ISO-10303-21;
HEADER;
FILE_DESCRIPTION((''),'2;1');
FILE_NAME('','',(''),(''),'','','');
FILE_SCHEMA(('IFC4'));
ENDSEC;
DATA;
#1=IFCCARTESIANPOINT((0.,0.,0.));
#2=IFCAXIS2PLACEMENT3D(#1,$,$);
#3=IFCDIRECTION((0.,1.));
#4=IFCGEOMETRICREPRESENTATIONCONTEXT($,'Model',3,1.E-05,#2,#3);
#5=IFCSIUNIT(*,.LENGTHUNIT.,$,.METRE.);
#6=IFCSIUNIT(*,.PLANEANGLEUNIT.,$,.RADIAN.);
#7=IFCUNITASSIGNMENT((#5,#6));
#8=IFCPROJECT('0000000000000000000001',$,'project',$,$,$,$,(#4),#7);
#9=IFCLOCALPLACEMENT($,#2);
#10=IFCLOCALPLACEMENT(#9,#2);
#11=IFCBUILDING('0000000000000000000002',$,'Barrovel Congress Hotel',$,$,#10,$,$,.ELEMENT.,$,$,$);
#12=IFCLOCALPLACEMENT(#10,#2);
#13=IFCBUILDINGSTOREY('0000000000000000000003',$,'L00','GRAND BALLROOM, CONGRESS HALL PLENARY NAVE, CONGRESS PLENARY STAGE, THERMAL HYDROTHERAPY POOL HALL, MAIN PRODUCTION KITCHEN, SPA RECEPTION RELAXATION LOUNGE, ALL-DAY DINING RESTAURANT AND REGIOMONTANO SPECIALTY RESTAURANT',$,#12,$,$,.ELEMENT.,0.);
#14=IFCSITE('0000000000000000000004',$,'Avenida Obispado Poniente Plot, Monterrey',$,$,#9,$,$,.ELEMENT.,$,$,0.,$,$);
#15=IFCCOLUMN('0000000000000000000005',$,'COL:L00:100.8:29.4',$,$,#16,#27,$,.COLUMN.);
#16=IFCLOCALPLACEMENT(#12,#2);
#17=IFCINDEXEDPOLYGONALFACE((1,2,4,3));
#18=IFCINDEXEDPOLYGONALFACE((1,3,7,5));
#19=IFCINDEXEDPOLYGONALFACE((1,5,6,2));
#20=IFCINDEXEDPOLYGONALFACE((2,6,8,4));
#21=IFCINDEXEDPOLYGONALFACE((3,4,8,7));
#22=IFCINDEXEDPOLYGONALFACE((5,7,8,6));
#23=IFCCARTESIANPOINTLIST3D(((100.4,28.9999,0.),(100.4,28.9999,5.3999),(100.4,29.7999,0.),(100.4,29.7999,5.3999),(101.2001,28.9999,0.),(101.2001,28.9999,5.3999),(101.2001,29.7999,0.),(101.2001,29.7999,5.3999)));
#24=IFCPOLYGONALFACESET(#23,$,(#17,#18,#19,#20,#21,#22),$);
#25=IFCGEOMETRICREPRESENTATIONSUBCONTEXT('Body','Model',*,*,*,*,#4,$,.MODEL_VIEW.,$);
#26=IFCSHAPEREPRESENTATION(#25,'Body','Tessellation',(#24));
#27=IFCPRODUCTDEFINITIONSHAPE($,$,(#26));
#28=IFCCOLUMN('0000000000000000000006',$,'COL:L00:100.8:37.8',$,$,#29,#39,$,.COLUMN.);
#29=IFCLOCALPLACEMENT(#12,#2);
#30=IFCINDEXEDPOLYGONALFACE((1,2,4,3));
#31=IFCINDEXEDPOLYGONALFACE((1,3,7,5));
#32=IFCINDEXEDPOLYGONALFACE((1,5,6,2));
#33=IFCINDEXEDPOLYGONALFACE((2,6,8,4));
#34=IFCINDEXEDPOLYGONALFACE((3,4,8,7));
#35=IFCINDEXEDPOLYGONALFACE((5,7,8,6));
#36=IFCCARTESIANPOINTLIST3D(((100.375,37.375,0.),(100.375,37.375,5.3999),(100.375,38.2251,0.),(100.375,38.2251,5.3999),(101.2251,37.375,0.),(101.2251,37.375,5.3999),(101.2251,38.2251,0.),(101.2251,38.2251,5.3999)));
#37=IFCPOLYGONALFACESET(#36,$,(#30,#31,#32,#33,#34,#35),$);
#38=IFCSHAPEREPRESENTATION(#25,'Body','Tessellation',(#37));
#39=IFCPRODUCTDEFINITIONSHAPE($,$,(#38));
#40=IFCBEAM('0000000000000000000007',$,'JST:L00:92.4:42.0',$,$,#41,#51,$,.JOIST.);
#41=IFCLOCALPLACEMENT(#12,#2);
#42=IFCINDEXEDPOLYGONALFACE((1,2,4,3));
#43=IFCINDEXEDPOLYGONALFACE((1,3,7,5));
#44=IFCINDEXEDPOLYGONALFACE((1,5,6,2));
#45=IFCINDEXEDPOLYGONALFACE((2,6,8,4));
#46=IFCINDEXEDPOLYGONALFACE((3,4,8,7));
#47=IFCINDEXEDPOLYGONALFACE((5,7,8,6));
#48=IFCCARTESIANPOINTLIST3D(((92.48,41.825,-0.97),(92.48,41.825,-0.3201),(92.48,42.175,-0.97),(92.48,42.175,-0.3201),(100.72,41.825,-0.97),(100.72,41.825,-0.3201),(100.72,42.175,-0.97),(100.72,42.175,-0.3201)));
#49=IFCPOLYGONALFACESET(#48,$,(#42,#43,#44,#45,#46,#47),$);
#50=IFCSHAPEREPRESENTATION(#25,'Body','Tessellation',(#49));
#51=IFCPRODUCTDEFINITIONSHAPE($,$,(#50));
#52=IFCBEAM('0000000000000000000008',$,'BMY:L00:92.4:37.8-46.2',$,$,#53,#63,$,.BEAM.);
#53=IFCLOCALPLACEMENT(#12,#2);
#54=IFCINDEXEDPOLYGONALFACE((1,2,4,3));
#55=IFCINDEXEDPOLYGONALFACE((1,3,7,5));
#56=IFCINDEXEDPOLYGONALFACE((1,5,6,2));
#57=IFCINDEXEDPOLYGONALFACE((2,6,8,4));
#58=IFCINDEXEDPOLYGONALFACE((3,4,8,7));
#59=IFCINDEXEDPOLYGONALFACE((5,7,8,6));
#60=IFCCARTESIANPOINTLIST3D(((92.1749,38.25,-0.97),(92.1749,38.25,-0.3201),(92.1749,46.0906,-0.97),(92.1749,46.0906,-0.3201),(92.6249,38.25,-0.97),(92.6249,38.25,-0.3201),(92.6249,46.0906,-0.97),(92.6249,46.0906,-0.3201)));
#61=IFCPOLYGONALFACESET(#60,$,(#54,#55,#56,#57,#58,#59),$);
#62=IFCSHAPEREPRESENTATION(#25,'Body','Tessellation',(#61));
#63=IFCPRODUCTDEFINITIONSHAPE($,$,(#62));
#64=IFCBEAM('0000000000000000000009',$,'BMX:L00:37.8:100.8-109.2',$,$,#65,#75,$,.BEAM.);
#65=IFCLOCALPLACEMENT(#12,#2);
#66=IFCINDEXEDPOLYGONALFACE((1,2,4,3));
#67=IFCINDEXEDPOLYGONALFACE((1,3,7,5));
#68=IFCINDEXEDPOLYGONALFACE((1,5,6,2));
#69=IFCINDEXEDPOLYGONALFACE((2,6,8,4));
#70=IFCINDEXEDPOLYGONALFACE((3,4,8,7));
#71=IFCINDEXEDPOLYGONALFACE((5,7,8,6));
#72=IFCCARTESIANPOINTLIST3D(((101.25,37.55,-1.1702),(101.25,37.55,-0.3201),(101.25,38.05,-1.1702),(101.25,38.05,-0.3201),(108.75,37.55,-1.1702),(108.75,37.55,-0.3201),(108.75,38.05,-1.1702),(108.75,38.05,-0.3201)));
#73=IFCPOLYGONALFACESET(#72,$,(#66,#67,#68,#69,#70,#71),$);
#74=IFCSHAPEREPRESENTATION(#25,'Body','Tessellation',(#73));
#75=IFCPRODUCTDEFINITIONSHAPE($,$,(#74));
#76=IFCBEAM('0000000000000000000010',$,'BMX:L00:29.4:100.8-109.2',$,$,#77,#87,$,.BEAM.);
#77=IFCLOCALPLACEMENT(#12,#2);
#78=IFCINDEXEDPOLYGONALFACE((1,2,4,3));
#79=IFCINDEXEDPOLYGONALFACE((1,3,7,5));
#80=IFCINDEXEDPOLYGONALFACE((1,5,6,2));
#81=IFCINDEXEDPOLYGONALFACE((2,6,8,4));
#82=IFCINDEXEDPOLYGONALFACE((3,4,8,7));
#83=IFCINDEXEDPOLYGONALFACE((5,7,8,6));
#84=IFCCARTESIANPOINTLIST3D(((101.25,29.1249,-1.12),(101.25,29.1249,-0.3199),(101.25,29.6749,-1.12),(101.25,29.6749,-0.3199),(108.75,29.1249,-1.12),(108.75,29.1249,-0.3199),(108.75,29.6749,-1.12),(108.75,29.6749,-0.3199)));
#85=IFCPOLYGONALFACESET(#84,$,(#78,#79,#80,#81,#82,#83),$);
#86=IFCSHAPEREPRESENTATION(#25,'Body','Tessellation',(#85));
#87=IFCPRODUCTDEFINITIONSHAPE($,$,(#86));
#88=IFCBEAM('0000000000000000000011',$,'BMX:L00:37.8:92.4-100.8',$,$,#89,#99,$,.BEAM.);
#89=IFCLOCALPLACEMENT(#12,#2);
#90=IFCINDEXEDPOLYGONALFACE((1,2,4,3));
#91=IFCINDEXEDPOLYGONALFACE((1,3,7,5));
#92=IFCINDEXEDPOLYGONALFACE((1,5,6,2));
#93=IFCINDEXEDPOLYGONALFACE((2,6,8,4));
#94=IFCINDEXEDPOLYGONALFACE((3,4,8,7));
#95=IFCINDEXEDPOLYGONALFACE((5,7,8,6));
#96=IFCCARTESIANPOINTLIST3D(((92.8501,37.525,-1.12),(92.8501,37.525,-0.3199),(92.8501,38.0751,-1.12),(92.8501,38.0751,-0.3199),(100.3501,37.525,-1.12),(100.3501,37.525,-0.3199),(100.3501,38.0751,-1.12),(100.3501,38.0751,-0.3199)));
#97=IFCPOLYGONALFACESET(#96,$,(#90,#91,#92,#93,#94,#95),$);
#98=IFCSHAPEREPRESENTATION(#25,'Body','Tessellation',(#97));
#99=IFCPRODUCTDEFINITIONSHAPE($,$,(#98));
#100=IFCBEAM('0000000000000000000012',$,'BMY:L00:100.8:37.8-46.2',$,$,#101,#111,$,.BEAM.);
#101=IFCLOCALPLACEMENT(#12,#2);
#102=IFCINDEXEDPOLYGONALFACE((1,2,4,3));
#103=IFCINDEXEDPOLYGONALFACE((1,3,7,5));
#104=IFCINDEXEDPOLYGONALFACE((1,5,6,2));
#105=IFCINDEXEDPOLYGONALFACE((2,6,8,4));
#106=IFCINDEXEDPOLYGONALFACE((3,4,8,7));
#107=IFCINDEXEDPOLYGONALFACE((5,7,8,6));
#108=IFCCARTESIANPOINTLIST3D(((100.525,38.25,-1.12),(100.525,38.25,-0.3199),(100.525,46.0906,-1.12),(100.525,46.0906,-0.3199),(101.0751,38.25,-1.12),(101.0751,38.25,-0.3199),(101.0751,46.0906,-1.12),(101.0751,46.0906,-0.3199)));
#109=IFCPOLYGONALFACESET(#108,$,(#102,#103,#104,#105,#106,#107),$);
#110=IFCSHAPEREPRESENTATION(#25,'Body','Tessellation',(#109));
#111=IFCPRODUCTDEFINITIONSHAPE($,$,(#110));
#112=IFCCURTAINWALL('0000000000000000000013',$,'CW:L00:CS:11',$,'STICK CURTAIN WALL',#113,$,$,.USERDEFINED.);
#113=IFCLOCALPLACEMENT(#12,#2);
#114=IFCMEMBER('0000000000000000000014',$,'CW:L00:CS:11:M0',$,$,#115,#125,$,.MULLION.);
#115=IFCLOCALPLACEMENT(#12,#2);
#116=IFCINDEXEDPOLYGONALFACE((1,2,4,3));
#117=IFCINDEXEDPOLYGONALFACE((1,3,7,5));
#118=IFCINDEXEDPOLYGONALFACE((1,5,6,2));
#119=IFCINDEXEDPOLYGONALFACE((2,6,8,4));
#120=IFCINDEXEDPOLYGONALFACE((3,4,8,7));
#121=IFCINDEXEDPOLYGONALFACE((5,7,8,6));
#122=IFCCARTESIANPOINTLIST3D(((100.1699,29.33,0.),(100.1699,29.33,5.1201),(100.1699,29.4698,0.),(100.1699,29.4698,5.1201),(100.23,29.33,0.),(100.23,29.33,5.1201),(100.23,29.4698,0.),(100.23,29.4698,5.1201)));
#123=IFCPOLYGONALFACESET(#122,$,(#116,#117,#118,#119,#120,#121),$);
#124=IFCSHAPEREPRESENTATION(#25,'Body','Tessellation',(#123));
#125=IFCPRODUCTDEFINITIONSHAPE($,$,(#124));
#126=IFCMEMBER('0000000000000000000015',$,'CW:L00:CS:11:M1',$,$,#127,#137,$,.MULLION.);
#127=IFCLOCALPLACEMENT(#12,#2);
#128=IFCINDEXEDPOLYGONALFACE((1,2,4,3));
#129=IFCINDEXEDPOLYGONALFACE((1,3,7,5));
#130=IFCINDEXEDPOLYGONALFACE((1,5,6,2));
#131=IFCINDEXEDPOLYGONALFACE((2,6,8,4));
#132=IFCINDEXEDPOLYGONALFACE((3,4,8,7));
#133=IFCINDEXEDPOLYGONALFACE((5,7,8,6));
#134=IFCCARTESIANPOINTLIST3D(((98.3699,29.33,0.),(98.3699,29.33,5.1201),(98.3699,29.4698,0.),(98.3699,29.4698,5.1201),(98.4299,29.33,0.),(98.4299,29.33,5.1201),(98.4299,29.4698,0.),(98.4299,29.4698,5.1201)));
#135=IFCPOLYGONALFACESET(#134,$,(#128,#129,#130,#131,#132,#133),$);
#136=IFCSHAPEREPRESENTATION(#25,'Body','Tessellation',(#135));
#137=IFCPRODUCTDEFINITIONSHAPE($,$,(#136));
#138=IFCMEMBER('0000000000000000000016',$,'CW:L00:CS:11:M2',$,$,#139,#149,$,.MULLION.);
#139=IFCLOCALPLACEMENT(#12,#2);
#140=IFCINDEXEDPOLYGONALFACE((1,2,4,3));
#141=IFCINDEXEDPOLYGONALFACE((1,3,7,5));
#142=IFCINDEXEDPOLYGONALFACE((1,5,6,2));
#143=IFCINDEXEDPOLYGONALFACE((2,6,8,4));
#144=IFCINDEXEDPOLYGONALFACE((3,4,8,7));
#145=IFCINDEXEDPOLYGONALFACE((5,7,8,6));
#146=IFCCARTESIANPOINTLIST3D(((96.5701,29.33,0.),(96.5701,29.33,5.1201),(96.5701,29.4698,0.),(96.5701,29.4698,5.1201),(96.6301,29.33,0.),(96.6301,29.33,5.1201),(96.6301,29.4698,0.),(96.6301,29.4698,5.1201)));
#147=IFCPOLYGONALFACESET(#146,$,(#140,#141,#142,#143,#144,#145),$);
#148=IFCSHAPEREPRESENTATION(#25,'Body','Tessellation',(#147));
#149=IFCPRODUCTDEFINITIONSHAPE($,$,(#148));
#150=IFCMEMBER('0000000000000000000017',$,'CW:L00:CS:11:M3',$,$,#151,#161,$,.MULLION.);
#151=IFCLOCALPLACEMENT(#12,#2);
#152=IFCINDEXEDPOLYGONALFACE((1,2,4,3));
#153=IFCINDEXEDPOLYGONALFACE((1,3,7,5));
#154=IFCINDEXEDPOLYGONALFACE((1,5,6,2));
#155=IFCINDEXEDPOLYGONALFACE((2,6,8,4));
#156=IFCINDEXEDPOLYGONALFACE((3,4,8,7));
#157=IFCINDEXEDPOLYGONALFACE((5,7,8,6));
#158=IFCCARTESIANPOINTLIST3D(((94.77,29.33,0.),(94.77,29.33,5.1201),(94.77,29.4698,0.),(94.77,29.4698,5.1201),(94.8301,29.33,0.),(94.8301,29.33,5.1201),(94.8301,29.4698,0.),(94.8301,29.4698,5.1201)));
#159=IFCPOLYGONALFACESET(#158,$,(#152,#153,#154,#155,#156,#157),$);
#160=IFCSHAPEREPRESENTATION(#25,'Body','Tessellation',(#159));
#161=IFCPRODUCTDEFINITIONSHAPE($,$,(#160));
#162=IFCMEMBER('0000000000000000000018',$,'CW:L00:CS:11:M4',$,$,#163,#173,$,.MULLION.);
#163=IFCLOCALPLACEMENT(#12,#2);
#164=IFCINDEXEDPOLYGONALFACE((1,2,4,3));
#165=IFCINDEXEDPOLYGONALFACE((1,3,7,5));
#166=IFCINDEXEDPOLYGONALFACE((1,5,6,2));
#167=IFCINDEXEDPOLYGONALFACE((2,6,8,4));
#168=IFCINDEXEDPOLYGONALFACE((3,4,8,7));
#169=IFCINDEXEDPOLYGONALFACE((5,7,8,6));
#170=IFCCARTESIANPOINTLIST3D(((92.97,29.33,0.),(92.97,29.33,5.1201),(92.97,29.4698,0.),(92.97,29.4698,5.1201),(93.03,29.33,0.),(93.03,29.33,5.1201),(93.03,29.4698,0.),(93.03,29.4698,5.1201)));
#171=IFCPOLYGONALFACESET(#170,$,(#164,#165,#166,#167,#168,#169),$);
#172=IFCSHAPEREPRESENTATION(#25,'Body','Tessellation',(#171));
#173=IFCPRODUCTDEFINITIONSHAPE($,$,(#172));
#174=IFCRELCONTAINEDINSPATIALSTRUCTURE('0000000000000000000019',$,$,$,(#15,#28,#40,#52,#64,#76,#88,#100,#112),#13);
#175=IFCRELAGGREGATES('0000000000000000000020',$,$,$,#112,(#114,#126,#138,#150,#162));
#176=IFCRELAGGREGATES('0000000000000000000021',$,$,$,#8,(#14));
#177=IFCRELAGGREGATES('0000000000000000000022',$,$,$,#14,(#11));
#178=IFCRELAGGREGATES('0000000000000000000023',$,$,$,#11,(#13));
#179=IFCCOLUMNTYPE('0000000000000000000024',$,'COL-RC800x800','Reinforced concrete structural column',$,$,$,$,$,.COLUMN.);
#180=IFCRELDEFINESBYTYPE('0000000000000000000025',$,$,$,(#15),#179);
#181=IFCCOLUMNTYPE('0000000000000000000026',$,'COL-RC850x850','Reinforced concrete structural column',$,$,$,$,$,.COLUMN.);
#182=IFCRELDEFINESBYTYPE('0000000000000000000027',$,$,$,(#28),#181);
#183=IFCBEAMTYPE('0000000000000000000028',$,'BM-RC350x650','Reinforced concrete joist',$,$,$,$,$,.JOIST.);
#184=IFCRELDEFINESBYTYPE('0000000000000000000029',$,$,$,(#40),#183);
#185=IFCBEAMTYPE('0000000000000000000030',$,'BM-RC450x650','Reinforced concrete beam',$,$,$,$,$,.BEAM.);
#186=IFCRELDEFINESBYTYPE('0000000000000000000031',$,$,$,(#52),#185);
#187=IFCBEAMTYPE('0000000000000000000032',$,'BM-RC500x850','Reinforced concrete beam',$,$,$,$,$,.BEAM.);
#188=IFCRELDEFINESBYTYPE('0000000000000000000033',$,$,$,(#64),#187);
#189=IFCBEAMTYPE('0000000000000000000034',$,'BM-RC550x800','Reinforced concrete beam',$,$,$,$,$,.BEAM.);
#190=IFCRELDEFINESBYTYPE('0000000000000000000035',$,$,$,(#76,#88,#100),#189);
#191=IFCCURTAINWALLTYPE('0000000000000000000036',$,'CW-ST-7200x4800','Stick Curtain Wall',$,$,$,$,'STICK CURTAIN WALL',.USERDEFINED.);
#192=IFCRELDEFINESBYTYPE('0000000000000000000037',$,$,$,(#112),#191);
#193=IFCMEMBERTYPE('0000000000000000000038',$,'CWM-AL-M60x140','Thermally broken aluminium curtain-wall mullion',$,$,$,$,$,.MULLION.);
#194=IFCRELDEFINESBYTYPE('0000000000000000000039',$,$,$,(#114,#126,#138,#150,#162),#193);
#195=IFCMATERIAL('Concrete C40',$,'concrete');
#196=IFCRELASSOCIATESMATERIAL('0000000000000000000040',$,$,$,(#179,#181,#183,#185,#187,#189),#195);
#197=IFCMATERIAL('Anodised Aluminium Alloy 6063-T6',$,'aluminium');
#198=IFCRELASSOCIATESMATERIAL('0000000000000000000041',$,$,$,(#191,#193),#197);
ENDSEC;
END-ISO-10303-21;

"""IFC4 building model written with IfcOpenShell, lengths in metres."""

from ifc_helpers import new_model, si_unit, direction, frame, origin, origin_2d, place, context, subcontext, project, spatial, rectangle, extrude, material, material_profile, profile_set, type_object, element, aggregate, save


model = new_model("IFC4")

# Units and contexts
model_context = context("Model", 3, precision=1e-05, world=origin(), true_north=direction((0.0, 1.0)))
body_context = subcontext(model_context, "Body", "Model", "MODEL_VIEW")
ifc_project = project(units=[si_unit("LENGTHUNIT", "METRE"), si_unit("PLANEANGLEUNIT", "RADIAN")], contexts=[model_context])

# Site, building, storey
site_placement = place(None, origin())
site = spatial("IfcSite", under=ifc_project, at=site_placement, Name="Avenida Obispado Poniente Plot, Monterrey", CompositionType="ELEMENT", RefElevation=0.0)
building_placement = place(site_placement, origin())
building = spatial("IfcBuilding", under=site, at=building_placement, Name="Barrovel Congress Hotel", CompositionType="ELEMENT")
storey_placement = place(building_placement, origin())
storey = spatial("IfcBuildingStorey", under=building, at=storey_placement, Name="L00", Description="GRAND BALLROOM, CONGRESS HALL PLENARY NAVE, CONGRESS PLENARY STAGE, THERMAL HYDROTHERAPY POOL HALL, MAIN PRODUCTION KITCHEN, SPA RECEPTION RELAXATION LOUNGE, ALL-DAY DINING RESTAURANT AND REGIOMONTANO SPECIALTY RESTAURANT", CompositionType="ELEMENT", Elevation=0.0)

# Shared definitions
ifc_material_1 = material(Name="Concrete C40", Category="concrete")

# Columns
ifc_material_profile_1 = material_profile(ifc_material_1, rectangle(XDim=0.8, YDim=0.8, at=origin_2d()), Name="RC800x800")
ifc_profile_set_1 = profile_set([ifc_material_profile_1], Name="Concrete C40")
column_type_1 = type_object("IfcColumnType", Name="COL-RC800x800", Description="Reinforced concrete structural column", PredefinedType="COLUMN", material=ifc_profile_set_1)
for number, where, z_axis, x_axis, name in (
    (1, (100.8, 29.3999, 0.0), (0.0, 0.0, 1.0), (1.0, 0.0, 0.0), "COL:L00:100.8:29.4"),
):
    element("IfcColumn", number, at=place(storey_placement, frame(where, z_axis=z_axis, x_axis=x_axis)), inside=storey, type_object=column_type_1, Name=name, PredefinedType="COLUMN", context=body_context, shape_type="SweptSolid", body=[
        extrude(rectangle(XDim=0.8, YDim=0.8, at=origin_2d()), origin(), (0.0, 0.0, 1.0), 5.3999),
    ])
ifc_material_profile_2 = material_profile(ifc_material_1, rectangle(XDim=0.8501, YDim=0.8501, at=origin_2d()), Name="RC850x850")
ifc_profile_set_2 = profile_set([ifc_material_profile_2], Name="Concrete C40")
column_type_2 = type_object("IfcColumnType", Name="COL-RC850x850", Description="Reinforced concrete structural column", PredefinedType="COLUMN", material=ifc_profile_set_2)
column_placement = place(storey_placement, frame((100.8, 37.8, 0.0), z_axis=(0.0, 0.0, 1.0), x_axis=(1.0, 0.0, 0.0)))
element("IfcColumn", 2, at=column_placement, inside=storey, type_object=column_type_2, Name="COL:L00:100.8:37.8", PredefinedType="COLUMN", context=body_context, shape_type="SweptSolid", body=[
    extrude(rectangle(XDim=0.8501, YDim=0.8501, at=origin_2d()), origin(), (0.0, 0.0, 1.0), 5.3999),
])

# Beams
ifc_material_profile_3 = material_profile(ifc_material_1, rectangle(XDim=0.3501, YDim=0.6499, at=origin_2d()), Name="RC350x650")
ifc_profile_set_3 = profile_set([ifc_material_profile_3], Name="Concrete C40")
beam_type_1 = type_object("IfcBeamType", Name="BM-RC350x650", Description="Reinforced concrete joist", PredefinedType="JOIST", material=ifc_profile_set_3)
beam_1_placement = place(storey_placement, frame((92.48, 42.0, -0.645), z_axis=(1.0, 0.0, 0.0), x_axis=(0.0, 1.0, 0.0)))
element("IfcBeam", 3, at=beam_1_placement, inside=storey, type_object=beam_type_1, Name="JST:L00:92.4:42.0", PredefinedType="JOIST", context=body_context, shape_type="SweptSolid", body=[
    extrude(rectangle(XDim=0.3501, YDim=0.6499, at=origin_2d()), origin(), (0.0, 0.0, 1.0), 8.24),
])
ifc_material_profile_4 = material_profile(ifc_material_1, rectangle(XDim=0.45, YDim=0.6499, at=origin_2d()), Name="RC450x650")
ifc_profile_set_4 = profile_set([ifc_material_profile_4], Name="Concrete C40")
beam_type_2 = type_object("IfcBeamType", Name="BM-RC450x650", Description="Reinforced concrete beam", PredefinedType="BEAM", material=ifc_profile_set_4)
beam_2_placement = place(storey_placement, frame((92.3999, 38.25, -0.645), z_axis=(0.0, 1.0, 0.0), x_axis=(-1.0, 0.0, 0.0)))
element("IfcBeam", 4, at=beam_2_placement, inside=storey, type_object=beam_type_2, Name="BMY:L00:92.4:37.8-46.2", PredefinedType="BEAM", context=body_context, shape_type="SweptSolid", body=[
    extrude(rectangle(XDim=0.45, YDim=0.6499, at=origin_2d()), origin(), (0.0, 0.0, 1.0), 7.8406),
])
ifc_material_profile_5 = material_profile(ifc_material_1, rectangle(XDim=0.5, YDim=0.8501, at=origin_2d()), Name="RC500x850")
ifc_profile_set_5 = profile_set([ifc_material_profile_5], Name="Concrete C40")
beam_type_3 = type_object("IfcBeamType", Name="BM-RC500x850", Description="Reinforced concrete beam", PredefinedType="BEAM", material=ifc_profile_set_5)
beam_3_placement = place(storey_placement, frame((101.25, 37.8, -0.7451), z_axis=(1.0, 0.0, 0.0), x_axis=(0.0, 1.0, 0.0)))
element("IfcBeam", 5, at=beam_3_placement, inside=storey, type_object=beam_type_3, Name="BMX:L00:37.8:100.8-109.2", PredefinedType="BEAM", context=body_context, shape_type="SweptSolid", body=[
    extrude(rectangle(XDim=0.5, YDim=0.8501, at=origin_2d()), origin(), (0.0, 0.0, 1.0), 7.5),
])
ifc_material_profile_6 = material_profile(ifc_material_1, rectangle(XDim=0.55, YDim=0.8, at=origin_2d()), Name="RC550x800")
ifc_profile_set_6 = profile_set([ifc_material_profile_6], Name="Concrete C40")
beam_type_4 = type_object("IfcBeamType", Name="BM-RC550x800", Description="Reinforced concrete beam", PredefinedType="BEAM", material=ifc_profile_set_6)
for number, where, z_axis, x_axis, name in (
    (6, (101.25, 29.3999, -0.72), (1.0, 0.0, 0.0), (0.0, 1.0, 0.0), "BMX:L00:29.4:100.8-109.2"),
    (7, (92.8501, 37.8, -0.72), (1.0, 0.0, 0.0), (0.0, 1.0, 0.0), "BMX:L00:37.8:92.4-100.8"),
):
    element("IfcBeam", number, at=place(storey_placement, frame(where, z_axis=z_axis, x_axis=x_axis)), inside=storey, type_object=beam_type_4, Name=name, PredefinedType="BEAM", context=body_context, shape_type="SweptSolid", body=[
        extrude(rectangle(XDim=0.55, YDim=0.8, at=origin_2d()), origin(), (0.0, 0.0, 1.0), 7.5),
    ])
beam_4_placement = place(storey_placement, frame((100.8, 38.25, -0.72), z_axis=(0.0, 1.0, 0.0), x_axis=(-1.0, 0.0, 0.0)))
element("IfcBeam", 8, at=beam_4_placement, inside=storey, type_object=beam_type_4, Name="BMY:L00:100.8:37.8-46.2", PredefinedType="BEAM", context=body_context, shape_type="SweptSolid", body=[
    extrude(rectangle(XDim=0.55, YDim=0.8, at=origin_2d()), origin(), (0.0, 0.0, 1.0), 7.8406),
])

# Curtain wall, members
ifc_material_2 = material(Name="Anodised Aluminium Alloy 6063-T6", Category="aluminium")
curtain_wall_type = type_object("IfcCurtainWallType", Name="CW-ST-7200x4800", Description="Stick Curtain Wall", ElementType="STICK CURTAIN WALL", PredefinedType="USERDEFINED", material=ifc_material_2)
curtain_wall_placement = place(storey_placement, origin())
curtain_wall = element("IfcCurtainWall", 9, at=curtain_wall_placement, inside=storey, type_object=curtain_wall_type, Name="CW:L00:CS:11", ObjectType="STICK CURTAIN WALL", PredefinedType="USERDEFINED")
ifc_material_profile_7 = material_profile(ifc_material_2, rectangle(XDim=0.0601, YDim=0.1399, at=origin_2d()), Name="AL-M60x140")
ifc_profile_set_7 = profile_set([ifc_material_profile_7], Name="Anodised Aluminium Alloy 6063-T6")
member_type_1 = type_object("IfcMemberType", Name="CWM-AL-M60x140", Description="Thermally broken aluminium curtain-wall mullion", PredefinedType="MULLION", material=ifc_profile_set_7)
member_1_placement = place(storey_placement, frame((100.2, 29.3999, 0.0), z_axis=(0.0, 0.0, 1.0), x_axis=(1.0, 0.0, 0.0)))
member_1 = element("IfcMember", 10, at=member_1_placement, type_object=member_type_1, Name="CW:L00:CS:11:M0", PredefinedType="MULLION", context=body_context, shape_type="SweptSolid", body=[
    extrude(rectangle(XDim=0.0601, YDim=0.1399, at=origin_2d()), origin(), (0.0, 0.0, 1.0), 5.1201),
])
member_2_placement = place(storey_placement, frame((98.3999, 29.3999, 0.0), z_axis=(0.0, 0.0, 1.0), x_axis=(1.0, 0.0, 0.0)))
member_2 = element("IfcMember", 11, at=member_2_placement, type_object=member_type_1, Name="CW:L00:CS:11:M1", PredefinedType="MULLION", context=body_context, shape_type="SweptSolid", body=[
    extrude(rectangle(XDim=0.0601, YDim=0.1399, at=origin_2d()), origin(), (0.0, 0.0, 1.0), 5.1201),
])
member_3_placement = place(storey_placement, frame((96.6001, 29.3999, 0.0), z_axis=(0.0, 0.0, 1.0), x_axis=(1.0, 0.0, 0.0)))
member_3 = element("IfcMember", 12, at=member_3_placement, type_object=member_type_1, Name="CW:L00:CS:11:M2", PredefinedType="MULLION", context=body_context, shape_type="SweptSolid", body=[
    extrude(rectangle(XDim=0.0601, YDim=0.1399, at=origin_2d()), origin(), (0.0, 0.0, 1.0), 5.1201),
])
member_4_placement = place(storey_placement, frame((94.8, 29.3999, 0.0), z_axis=(0.0, 0.0, 1.0), x_axis=(1.0, 0.0, 0.0)))
member_4 = element("IfcMember", 13, at=member_4_placement, type_object=member_type_1, Name="CW:L00:CS:11:M3", PredefinedType="MULLION", context=body_context, shape_type="SweptSolid", body=[
    extrude(rectangle(XDim=0.0601, YDim=0.1399, at=origin_2d()), origin(), (0.0, 0.0, 1.0), 5.1201),
])
member_5_placement = place(storey_placement, frame((93.0, 29.3999, 0.0), z_axis=(0.0, 0.0, 1.0), x_axis=(1.0, 0.0, 0.0)))
member_5 = element("IfcMember", 14, at=member_5_placement, type_object=member_type_1, Name="CW:L00:CS:11:M4", PredefinedType="MULLION", context=body_context, shape_type="SweptSolid", body=[
    extrude(rectangle(XDim=0.0601, YDim=0.1399, at=origin_2d()), origin(), (0.0, 0.0, 1.0), 5.1201),
])

aggregate(curtain_wall, [member_1, member_2, member_3, member_4, member_5])

save(model, "model.ifc")
